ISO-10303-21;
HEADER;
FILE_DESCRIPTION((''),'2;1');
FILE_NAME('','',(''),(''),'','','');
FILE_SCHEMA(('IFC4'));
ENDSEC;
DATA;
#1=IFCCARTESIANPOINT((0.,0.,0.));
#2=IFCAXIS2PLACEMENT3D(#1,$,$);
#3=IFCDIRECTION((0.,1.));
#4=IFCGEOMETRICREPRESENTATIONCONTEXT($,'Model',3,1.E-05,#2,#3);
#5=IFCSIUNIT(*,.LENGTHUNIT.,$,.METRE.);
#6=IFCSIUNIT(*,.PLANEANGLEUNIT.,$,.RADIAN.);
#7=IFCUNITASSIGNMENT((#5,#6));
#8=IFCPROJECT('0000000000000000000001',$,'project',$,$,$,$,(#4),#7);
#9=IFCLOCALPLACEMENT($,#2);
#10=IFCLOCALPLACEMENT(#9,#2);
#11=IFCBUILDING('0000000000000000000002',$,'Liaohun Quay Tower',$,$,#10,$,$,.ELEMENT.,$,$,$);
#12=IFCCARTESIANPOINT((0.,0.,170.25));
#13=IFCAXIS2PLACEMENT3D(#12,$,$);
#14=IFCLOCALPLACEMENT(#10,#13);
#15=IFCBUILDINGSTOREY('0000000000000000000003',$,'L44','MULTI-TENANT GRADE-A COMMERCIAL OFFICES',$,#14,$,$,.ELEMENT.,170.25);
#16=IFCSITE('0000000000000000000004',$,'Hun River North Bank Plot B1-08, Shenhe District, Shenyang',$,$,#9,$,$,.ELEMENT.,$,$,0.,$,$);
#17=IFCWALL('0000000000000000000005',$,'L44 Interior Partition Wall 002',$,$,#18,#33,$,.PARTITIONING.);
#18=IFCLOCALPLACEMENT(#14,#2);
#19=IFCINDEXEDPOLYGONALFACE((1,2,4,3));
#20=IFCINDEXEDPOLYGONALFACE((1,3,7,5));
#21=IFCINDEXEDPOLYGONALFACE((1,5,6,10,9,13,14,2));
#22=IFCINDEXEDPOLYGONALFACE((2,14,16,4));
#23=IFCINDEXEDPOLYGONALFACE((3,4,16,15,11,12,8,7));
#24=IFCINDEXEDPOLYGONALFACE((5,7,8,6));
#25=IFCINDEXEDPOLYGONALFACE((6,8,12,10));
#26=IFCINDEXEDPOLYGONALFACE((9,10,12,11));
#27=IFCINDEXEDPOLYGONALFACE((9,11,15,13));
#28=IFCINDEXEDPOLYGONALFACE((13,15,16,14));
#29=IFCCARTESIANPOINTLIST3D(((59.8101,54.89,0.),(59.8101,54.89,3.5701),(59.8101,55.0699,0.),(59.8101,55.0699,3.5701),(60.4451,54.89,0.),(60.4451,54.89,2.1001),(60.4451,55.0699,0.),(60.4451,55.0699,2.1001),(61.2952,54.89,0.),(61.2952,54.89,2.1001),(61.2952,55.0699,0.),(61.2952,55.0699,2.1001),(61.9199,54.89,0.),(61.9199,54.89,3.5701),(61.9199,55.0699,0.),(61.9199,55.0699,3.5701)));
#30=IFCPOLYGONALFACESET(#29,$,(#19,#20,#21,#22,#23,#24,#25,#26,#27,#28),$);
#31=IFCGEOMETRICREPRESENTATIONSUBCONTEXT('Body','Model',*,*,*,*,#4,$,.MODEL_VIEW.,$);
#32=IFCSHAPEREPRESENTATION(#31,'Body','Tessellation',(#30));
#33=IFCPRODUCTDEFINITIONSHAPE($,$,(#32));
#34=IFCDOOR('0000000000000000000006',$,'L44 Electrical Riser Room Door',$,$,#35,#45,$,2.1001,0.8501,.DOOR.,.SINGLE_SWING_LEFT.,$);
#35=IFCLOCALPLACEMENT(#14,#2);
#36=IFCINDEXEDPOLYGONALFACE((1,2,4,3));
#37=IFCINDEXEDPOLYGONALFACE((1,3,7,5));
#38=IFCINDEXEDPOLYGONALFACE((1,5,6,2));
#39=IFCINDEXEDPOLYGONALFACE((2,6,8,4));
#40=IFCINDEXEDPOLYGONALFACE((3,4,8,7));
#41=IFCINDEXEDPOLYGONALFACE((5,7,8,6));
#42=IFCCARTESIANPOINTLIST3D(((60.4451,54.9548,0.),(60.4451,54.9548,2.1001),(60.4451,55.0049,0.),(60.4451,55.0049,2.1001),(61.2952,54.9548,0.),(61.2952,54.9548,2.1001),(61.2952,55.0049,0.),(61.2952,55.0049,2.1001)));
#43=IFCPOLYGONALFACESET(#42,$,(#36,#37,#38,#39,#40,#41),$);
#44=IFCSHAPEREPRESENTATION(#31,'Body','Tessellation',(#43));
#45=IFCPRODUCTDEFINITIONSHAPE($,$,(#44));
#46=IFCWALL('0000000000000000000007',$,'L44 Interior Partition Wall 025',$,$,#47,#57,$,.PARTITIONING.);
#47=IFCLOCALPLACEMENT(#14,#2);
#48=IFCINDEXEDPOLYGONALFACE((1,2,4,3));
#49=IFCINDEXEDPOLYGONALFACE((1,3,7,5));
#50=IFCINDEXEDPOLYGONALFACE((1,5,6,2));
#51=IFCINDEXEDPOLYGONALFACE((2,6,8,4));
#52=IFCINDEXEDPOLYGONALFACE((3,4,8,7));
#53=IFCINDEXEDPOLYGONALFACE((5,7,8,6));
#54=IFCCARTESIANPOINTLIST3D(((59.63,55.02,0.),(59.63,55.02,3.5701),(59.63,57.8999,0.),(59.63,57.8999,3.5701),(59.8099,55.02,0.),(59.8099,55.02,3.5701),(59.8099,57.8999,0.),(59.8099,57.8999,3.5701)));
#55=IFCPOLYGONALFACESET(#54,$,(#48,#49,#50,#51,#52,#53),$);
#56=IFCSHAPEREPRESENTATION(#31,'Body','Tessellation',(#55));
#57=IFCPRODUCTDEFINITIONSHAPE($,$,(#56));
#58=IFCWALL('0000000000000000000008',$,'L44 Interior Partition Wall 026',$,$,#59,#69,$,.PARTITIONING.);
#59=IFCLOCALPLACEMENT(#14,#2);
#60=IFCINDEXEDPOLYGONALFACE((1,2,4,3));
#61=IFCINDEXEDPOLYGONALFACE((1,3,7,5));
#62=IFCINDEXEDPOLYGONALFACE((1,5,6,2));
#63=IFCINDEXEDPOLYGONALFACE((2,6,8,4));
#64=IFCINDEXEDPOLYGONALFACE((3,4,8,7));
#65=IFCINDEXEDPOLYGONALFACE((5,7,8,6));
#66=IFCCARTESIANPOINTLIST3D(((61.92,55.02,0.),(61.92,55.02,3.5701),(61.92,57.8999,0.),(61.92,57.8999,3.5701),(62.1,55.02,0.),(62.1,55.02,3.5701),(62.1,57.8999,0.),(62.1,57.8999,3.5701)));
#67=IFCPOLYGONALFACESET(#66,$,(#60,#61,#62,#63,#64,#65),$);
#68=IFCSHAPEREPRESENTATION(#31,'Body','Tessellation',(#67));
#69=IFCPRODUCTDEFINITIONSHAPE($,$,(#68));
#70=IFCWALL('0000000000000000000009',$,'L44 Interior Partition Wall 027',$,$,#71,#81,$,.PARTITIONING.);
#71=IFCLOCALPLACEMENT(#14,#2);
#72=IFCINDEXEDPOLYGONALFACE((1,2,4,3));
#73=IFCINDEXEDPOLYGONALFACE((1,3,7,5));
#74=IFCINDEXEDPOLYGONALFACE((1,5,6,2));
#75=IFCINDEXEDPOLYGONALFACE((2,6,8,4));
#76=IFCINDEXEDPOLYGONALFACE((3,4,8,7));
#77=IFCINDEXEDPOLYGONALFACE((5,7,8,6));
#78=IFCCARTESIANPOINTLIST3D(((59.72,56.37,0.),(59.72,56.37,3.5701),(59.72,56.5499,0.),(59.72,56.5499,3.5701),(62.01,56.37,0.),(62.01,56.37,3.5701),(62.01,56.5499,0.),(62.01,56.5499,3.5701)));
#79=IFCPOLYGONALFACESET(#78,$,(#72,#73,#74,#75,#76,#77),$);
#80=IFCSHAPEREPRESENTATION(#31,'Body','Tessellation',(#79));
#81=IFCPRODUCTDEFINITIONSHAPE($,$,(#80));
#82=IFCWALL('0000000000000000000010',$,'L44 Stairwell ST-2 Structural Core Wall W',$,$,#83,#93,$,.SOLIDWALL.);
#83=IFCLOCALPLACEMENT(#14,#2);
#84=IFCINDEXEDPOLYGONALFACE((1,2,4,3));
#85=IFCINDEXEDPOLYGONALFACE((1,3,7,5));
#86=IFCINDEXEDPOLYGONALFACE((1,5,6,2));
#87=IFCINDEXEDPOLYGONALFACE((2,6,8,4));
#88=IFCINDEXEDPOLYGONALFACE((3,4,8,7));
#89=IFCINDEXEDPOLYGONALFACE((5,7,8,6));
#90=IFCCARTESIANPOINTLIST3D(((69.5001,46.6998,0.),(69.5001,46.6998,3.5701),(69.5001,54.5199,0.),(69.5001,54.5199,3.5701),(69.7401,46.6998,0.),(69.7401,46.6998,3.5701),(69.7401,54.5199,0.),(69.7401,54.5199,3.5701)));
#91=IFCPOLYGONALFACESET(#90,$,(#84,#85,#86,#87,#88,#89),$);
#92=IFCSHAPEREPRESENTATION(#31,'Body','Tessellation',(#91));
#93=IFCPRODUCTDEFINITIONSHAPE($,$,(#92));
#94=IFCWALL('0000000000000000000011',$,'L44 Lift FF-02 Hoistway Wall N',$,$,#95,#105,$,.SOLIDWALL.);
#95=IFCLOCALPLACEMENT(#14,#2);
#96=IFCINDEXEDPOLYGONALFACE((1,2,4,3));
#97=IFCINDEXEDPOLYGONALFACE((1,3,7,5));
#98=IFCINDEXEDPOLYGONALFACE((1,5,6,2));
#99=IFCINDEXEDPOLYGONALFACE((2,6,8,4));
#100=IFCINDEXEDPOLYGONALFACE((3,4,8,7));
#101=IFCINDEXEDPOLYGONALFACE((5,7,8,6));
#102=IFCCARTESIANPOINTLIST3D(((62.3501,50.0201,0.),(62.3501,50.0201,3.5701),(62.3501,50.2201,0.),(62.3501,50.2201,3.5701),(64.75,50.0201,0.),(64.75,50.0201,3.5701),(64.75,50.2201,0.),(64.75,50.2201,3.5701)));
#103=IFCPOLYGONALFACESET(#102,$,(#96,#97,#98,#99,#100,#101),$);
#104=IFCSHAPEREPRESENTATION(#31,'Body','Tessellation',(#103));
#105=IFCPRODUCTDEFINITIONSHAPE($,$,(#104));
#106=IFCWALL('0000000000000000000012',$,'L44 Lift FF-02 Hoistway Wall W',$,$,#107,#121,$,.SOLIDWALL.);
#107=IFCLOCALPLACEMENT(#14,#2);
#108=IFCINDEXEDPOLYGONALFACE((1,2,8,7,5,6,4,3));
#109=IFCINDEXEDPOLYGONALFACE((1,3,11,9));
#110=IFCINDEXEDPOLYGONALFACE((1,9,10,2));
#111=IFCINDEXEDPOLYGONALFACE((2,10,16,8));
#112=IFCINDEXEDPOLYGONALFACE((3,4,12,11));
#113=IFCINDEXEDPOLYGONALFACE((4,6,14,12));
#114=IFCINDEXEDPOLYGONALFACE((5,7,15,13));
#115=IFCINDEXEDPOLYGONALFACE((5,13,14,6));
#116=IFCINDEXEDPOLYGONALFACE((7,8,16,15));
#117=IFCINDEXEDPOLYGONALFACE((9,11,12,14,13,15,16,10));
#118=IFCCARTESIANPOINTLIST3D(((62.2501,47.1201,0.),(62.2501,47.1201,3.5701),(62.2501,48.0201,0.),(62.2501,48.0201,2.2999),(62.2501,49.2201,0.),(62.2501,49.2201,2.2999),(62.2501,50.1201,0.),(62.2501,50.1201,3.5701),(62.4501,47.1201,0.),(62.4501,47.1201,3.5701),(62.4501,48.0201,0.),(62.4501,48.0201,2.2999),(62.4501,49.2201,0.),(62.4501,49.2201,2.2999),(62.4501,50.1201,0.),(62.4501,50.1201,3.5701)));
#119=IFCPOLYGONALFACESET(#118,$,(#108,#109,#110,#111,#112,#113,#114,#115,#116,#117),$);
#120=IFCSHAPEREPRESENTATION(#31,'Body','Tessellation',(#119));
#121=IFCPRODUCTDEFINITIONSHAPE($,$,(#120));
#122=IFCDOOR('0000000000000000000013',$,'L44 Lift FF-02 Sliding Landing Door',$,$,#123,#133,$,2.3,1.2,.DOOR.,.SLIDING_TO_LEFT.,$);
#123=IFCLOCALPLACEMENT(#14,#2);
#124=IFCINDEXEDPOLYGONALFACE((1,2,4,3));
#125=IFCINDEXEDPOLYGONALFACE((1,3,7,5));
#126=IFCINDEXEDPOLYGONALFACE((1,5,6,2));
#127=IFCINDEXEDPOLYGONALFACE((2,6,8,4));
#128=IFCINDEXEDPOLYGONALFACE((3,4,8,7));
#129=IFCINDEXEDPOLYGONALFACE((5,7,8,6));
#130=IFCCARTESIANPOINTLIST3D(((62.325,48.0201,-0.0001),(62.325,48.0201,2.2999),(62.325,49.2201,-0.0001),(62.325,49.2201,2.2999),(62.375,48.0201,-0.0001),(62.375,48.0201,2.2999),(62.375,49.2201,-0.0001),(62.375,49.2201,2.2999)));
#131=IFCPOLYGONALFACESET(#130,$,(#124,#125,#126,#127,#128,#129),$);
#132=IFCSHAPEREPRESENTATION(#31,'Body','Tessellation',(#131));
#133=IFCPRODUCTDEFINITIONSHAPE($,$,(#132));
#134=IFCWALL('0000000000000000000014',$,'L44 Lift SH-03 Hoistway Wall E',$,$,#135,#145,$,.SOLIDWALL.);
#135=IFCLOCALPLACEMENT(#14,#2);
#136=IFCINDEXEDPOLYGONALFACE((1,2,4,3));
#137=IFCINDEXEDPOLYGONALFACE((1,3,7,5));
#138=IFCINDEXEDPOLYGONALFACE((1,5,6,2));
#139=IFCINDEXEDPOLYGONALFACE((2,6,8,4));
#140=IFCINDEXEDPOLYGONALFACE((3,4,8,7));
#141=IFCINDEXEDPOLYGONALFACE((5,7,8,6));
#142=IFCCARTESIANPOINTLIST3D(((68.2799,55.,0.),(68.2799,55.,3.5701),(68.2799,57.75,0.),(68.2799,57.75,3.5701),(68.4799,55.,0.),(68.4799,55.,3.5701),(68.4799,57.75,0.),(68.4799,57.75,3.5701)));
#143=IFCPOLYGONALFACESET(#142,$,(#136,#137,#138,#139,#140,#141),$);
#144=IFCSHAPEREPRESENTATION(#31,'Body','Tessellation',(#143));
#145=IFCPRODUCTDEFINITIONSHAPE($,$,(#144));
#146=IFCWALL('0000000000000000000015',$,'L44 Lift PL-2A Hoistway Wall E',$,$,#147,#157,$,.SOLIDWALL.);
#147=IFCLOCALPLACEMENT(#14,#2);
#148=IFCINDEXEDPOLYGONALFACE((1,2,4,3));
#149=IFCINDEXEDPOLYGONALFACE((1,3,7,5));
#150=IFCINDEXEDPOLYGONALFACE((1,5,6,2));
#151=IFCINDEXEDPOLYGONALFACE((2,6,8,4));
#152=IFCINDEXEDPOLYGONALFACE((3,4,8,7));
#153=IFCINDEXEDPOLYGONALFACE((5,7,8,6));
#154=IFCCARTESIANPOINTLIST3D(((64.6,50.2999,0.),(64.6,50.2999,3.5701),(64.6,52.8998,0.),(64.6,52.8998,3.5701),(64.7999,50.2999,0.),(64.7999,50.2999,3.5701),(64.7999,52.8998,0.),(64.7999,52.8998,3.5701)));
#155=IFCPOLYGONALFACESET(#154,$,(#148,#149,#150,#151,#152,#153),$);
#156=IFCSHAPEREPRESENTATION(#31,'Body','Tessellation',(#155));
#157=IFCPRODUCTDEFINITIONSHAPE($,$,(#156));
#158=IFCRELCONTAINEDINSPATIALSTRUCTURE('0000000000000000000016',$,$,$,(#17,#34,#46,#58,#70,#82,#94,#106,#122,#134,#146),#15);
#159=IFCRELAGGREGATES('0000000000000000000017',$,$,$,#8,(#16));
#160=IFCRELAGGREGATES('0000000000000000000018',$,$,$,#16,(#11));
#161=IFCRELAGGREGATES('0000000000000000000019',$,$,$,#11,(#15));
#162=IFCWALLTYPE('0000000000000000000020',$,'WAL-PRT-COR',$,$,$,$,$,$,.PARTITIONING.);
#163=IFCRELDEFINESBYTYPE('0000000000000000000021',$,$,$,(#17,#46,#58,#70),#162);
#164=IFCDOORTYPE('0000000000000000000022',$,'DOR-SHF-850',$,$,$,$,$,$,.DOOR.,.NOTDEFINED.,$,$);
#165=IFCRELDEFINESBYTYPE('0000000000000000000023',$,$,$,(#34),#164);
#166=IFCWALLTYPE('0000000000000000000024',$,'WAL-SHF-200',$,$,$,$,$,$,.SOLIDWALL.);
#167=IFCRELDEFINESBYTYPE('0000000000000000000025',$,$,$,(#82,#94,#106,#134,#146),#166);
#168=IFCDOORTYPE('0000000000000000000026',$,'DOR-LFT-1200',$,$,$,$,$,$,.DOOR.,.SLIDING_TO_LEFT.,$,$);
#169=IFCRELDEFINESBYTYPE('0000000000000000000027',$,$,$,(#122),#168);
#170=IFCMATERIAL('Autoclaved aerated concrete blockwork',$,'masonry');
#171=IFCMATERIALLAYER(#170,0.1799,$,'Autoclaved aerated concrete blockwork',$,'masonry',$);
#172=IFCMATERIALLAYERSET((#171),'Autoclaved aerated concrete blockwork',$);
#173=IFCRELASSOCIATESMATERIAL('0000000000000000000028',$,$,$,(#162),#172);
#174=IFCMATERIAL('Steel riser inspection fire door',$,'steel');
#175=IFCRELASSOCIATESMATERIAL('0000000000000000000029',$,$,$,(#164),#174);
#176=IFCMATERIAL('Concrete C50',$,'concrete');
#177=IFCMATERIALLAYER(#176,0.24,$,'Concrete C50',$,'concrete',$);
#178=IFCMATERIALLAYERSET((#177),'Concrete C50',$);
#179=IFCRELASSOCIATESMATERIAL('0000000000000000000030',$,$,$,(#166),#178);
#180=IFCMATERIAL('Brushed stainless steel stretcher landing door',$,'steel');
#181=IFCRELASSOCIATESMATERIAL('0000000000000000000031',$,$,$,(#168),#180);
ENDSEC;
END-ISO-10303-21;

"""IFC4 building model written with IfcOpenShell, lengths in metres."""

from ifc_helpers import new_model, si_unit, direction, frame, frame_2d, origin, place, context, subcontext, project, spatial, rectangle, extrude, source, transform, mapped, material, layer, layer_set, type_object, element, fill, save


model = new_model("IFC4")

# Units and contexts
model_context = context("Model", 3, precision=1e-05, world=origin(), true_north=direction((0.0, 1.0)))
body_context = subcontext(model_context, "Body", "Model", "MODEL_VIEW")
ifc_project = project(units=[si_unit("LENGTHUNIT", "METRE"), si_unit("PLANEANGLEUNIT", "RADIAN")], contexts=[model_context])

# Site, building, storey
site_placement = place(None, origin())
site = spatial("IfcSite", under=ifc_project, at=site_placement, Name="Hun River North Bank Plot B1-08, Shenhe District, Shenyang", CompositionType="ELEMENT", RefElevation=0.0)
building_placement = place(site_placement, origin())
building = spatial("IfcBuilding", under=site, at=building_placement, Name="Liaohun Quay Tower", CompositionType="ELEMENT")
storey_placement = place(building_placement, frame((0.0, 0.0, 170.25)))
storey = spatial("IfcBuildingStorey", under=building, at=storey_placement, Name="L44", Description="MULTI-TENANT GRADE-A COMMERCIAL OFFICES", CompositionType="ELEMENT", Elevation=170.25)

# Wall, opening, door
ifc_material_1 = material(Name="Autoclaved aerated concrete blockwork", Category="masonry")
ifc_layer_1 = layer(ifc_material_1, 0.1799, Name="Autoclaved aerated concrete blockwork", Category="masonry")
ifc_layer_set_1 = layer_set([ifc_layer_1], Name="Autoclaved aerated concrete blockwork")
wall_type_1 = type_object("IfcWallType", Name="WAL-PRT-COR", PredefinedType="PARTITIONING", material=ifc_layer_set_1)
wall_1_placement = place(storey_placement, frame((59.8101, 54.98, 0.0), z_axis=(0.0, 0.0, 1.0), x_axis=(1.0, 0.0, 0.0)))
wall_1 = element("IfcWall", 1, at=wall_1_placement, inside=storey, type_object=wall_type_1, Name="L44 Interior Partition Wall 002", PredefinedType="PARTITIONING", context=body_context, shape_type="SweptSolid", body=[
    extrude(rectangle(XDim=2.1099, YDim=0.1799, at=frame_2d((1.0549, 0.0))), origin(), (0.0, 0.0, 1.0), 3.5701),
])
shared_shape_1 = source(origin(), body_context, "Body", "SweptSolid", [
    extrude(rectangle(XDim=0.8501, YDim=2.1001, at=frame_2d((0.425, 1.05))), frame((0.0, 0.0999, 0.0), z_axis=(0.0, -1.0, 0.0), x_axis=(1.0, 0.0, 0.0)), (0.0, 0.0, 1.0), 0.2),
])
opening_1_placement = place(wall_1_placement, frame((0.635, 0.0, 0.0)))
opening_1 = element("IfcOpeningElement", 2, at=opening_1_placement, cuts=wall_1, PredefinedType="OPENING", context=body_context, shape_type="MappedRepresentation", body=[
    mapped(shared_shape_1, transform((0.0, 0.0, 0.0), x_axis=(1.0, 0.0, 0.0), y_axis=(0.0, 1.0, 0.0), z_axis=(0.0, 0.0, 1.0), scale=1.0)),
])
ifc_material_2 = material(Name="Steel riser inspection fire door", Category="steel")
door_type_1 = type_object("IfcDoorType", Name="DOR-SHF-850", OperationType="NOTDEFINED", PredefinedType="DOOR", material=ifc_material_2)
shared_shape_2 = source(origin(), body_context, "Body", "SweptSolid", [
    extrude(rectangle(XDim=0.8501, YDim=2.1001, at=frame_2d((0.425, 1.05))), frame((0.0, 0.0249, 0.0), z_axis=(0.0, -1.0, 0.0), x_axis=(1.0, 0.0, 0.0)), (0.0, 0.0, 1.0), 0.05),
])
door_1_placement = place(opening_1_placement, origin())
door_1 = element("IfcDoor", 3, at=door_1_placement, inside=storey, type_object=door_type_1, Name="L44 Electrical Riser Room Door", OperationType="SINGLE_SWING_LEFT", OverallHeight=2.1001, OverallWidth=0.8501, PredefinedType="DOOR", context=body_context, shape_type="MappedRepresentation", body=[
    mapped(shared_shape_2, transform((0.0, 0.0, 0.0), x_axis=(1.0, 0.0, 0.0), y_axis=(0.0, 1.0, 0.0), z_axis=(0.0, 0.0, 1.0), scale=1.0)),
])
fill(opening_1, door_1)

# Walls
for number, where, z_axis, x_axis, name in (
    (4, (59.72, 55.02, 0.0), (0.0, 0.0, 1.0), (0.0, 1.0, 0.0), "L44 Interior Partition Wall 025"),
    (5, (62.01, 55.02, 0.0), (0.0, 0.0, 1.0), (0.0, 1.0, 0.0), "L44 Interior Partition Wall 026"),
):
    element("IfcWall", number, at=place(storey_placement, frame(where, z_axis=z_axis, x_axis=x_axis)), inside=storey, type_object=wall_type_1, Name=name, PredefinedType="PARTITIONING", context=body_context, shape_type="SweptSolid", body=[
        extrude(rectangle(XDim=2.8799, YDim=0.1799, at=frame_2d((1.4399, 0.0))), origin(), (0.0, 0.0, 1.0), 3.5701),
    ])
wall_2_placement = place(storey_placement, frame((59.72, 56.46, 0.0), z_axis=(0.0, 0.0, 1.0), x_axis=(1.0, 0.0, 0.0)))
element("IfcWall", 6, at=wall_2_placement, inside=storey, type_object=wall_type_1, Name="L44 Interior Partition Wall 027", PredefinedType="PARTITIONING", context=body_context, shape_type="SweptSolid", body=[
    extrude(rectangle(XDim=2.29, YDim=0.1799, at=frame_2d((1.145, 0.0))), origin(), (0.0, 0.0, 1.0), 3.5701),
])
ifc_material_3 = material(Name="Concrete C50", Category="concrete")
ifc_layer_2 = layer(ifc_material_3, 0.24, Name="Concrete C50", Category="concrete")
ifc_layer_set_2 = layer_set([ifc_layer_2], Name="Concrete C50")
wall_type_2 = type_object("IfcWallType", Name="WAL-SHF-200", PredefinedType="SOLIDWALL", material=ifc_layer_set_2)
wall_3_placement = place(storey_placement, frame((69.6201, 54.52, 0.0), z_axis=(0.0, 0.0, 1.0), x_axis=(0.0, -1.0, 0.0)))
element("IfcWall", 7, at=wall_3_placement, inside=storey, type_object=wall_type_2, Name="L44 Stairwell ST-2 Structural Core Wall W", PredefinedType="SOLIDWALL", context=body_context, shape_type="SweptSolid", body=[
    extrude(rectangle(XDim=7.8201, YDim=0.24, at=frame_2d((3.9102, 0.0))), origin(), (0.0, 0.0, 1.0), 3.5701),
])
wall_4_placement = place(storey_placement, frame((64.75, 50.1201, 0.0), z_axis=(0.0, 0.0, 1.0), x_axis=(-1.0, 0.0, 0.0)))
element("IfcWall", 8, at=wall_4_placement, inside=storey, type_object=wall_type_2, Name="L44 Lift FF-02 Hoistway Wall N", PredefinedType="SOLIDWALL", context=body_context, shape_type="SweptSolid", body=[
    extrude(rectangle(XDim=2.3999, YDim=0.2, at=frame_2d((1.2, 0.0))), origin(), (0.0, 0.0, 1.0), 3.5701),
])

# Wall, opening, door
wall_5_placement = place(storey_placement, frame((62.3501, 50.1201, 0.0), z_axis=(0.0, 0.0, 1.0), x_axis=(0.0, -1.0, 0.0)))
wall_5 = element("IfcWall", 9, at=wall_5_placement, inside=storey, type_object=wall_type_2, Name="L44 Lift FF-02 Hoistway Wall W", PredefinedType="SOLIDWALL", context=body_context, shape_type="SweptSolid", body=[
    extrude(rectangle(XDim=3.0, YDim=0.2, at=frame_2d((1.5, 0.0))), origin(), (0.0, 0.0, 1.0), 3.5701),
])
shared_shape_3 = source(origin(), body_context, "Body", "SweptSolid", [
    extrude(rectangle(XDim=1.2, YDim=2.3, at=frame_2d((0.6001, 1.1499))), frame((0.0, 0.1099, 0.0), z_axis=(0.0, -1.0, 0.0), x_axis=(1.0, 0.0, 0.0)), (0.0, 0.0, 1.0), 0.22),
])
opening_2_placement = place(wall_5_placement, frame((0.8999, 0.0, 0.0)))
opening_2 = element("IfcOpeningElement", 10, at=opening_2_placement, cuts=wall_5, PredefinedType="OPENING", context=body_context, shape_type="MappedRepresentation", body=[
    mapped(shared_shape_3, transform((0.0, 0.0, 0.0), x_axis=(1.0, 0.0, 0.0), y_axis=(0.0, 1.0, 0.0), z_axis=(0.0, 0.0, 1.0), scale=1.0)),
])
ifc_material_4 = material(Name="Brushed stainless steel stretcher landing door", Category="steel")
door_type_2 = type_object("IfcDoorType", Name="DOR-LFT-1200", OperationType="SLIDING_TO_LEFT", PredefinedType="DOOR", material=ifc_material_4)
shared_shape_4 = source(origin(), body_context, "Body", "SweptSolid", [
    extrude(rectangle(XDim=1.2, YDim=2.3, at=frame_2d((0.6001, 1.1499))), frame((0.0, 0.0249, 0.0), z_axis=(0.0, -1.0, 0.0), x_axis=(1.0, 0.0, 0.0)), (0.0, 0.0, 1.0), 0.05),
])
door_2_placement = place(opening_2_placement, origin())
door_2 = element("IfcDoor", 11, at=door_2_placement, inside=storey, type_object=door_type_2, Name="L44 Lift FF-02 Sliding Landing Door", OperationType="SLIDING_TO_LEFT", OverallHeight=2.3, OverallWidth=1.2, PredefinedType="DOOR", context=body_context, shape_type="MappedRepresentation", body=[
    mapped(shared_shape_4, transform((0.0, 0.0, 0.0), x_axis=(1.0, 0.0, 0.0), y_axis=(0.0, 1.0, 0.0), z_axis=(0.0, 0.0, 1.0), scale=1.0)),
])
fill(opening_2, door_2)

# Walls
wall_6_placement = place(storey_placement, frame((68.3799, 55.0, 0.0), z_axis=(0.0, 0.0, 1.0), x_axis=(0.0, 1.0, 0.0)))
element("IfcWall", 12, at=wall_6_placement, inside=storey, type_object=wall_type_2, Name="L44 Lift SH-03 Hoistway Wall E", PredefinedType="SOLIDWALL", context=body_context, shape_type="SweptSolid", body=[
    extrude(rectangle(XDim=2.75, YDim=0.2, at=frame_2d((1.375, 0.0))), origin(), (0.0, 0.0, 1.0), 3.5701),
])
wall_7_placement = place(storey_placement, frame((64.7, 50.3, 0.0), z_axis=(0.0, 0.0, 1.0), x_axis=(0.0, 1.0, 0.0)))
element("IfcWall", 13, at=wall_7_placement, inside=storey, type_object=wall_type_2, Name="L44 Lift PL-2A Hoistway Wall E", PredefinedType="SOLIDWALL", context=body_context, shape_type="SweptSolid", body=[
    extrude(rectangle(XDim=2.5999, YDim=0.2, at=frame_2d((1.2998, 0.0))), origin(), (0.0, 0.0, 1.0), 3.5701),
])

save(model, "model.ifc")
